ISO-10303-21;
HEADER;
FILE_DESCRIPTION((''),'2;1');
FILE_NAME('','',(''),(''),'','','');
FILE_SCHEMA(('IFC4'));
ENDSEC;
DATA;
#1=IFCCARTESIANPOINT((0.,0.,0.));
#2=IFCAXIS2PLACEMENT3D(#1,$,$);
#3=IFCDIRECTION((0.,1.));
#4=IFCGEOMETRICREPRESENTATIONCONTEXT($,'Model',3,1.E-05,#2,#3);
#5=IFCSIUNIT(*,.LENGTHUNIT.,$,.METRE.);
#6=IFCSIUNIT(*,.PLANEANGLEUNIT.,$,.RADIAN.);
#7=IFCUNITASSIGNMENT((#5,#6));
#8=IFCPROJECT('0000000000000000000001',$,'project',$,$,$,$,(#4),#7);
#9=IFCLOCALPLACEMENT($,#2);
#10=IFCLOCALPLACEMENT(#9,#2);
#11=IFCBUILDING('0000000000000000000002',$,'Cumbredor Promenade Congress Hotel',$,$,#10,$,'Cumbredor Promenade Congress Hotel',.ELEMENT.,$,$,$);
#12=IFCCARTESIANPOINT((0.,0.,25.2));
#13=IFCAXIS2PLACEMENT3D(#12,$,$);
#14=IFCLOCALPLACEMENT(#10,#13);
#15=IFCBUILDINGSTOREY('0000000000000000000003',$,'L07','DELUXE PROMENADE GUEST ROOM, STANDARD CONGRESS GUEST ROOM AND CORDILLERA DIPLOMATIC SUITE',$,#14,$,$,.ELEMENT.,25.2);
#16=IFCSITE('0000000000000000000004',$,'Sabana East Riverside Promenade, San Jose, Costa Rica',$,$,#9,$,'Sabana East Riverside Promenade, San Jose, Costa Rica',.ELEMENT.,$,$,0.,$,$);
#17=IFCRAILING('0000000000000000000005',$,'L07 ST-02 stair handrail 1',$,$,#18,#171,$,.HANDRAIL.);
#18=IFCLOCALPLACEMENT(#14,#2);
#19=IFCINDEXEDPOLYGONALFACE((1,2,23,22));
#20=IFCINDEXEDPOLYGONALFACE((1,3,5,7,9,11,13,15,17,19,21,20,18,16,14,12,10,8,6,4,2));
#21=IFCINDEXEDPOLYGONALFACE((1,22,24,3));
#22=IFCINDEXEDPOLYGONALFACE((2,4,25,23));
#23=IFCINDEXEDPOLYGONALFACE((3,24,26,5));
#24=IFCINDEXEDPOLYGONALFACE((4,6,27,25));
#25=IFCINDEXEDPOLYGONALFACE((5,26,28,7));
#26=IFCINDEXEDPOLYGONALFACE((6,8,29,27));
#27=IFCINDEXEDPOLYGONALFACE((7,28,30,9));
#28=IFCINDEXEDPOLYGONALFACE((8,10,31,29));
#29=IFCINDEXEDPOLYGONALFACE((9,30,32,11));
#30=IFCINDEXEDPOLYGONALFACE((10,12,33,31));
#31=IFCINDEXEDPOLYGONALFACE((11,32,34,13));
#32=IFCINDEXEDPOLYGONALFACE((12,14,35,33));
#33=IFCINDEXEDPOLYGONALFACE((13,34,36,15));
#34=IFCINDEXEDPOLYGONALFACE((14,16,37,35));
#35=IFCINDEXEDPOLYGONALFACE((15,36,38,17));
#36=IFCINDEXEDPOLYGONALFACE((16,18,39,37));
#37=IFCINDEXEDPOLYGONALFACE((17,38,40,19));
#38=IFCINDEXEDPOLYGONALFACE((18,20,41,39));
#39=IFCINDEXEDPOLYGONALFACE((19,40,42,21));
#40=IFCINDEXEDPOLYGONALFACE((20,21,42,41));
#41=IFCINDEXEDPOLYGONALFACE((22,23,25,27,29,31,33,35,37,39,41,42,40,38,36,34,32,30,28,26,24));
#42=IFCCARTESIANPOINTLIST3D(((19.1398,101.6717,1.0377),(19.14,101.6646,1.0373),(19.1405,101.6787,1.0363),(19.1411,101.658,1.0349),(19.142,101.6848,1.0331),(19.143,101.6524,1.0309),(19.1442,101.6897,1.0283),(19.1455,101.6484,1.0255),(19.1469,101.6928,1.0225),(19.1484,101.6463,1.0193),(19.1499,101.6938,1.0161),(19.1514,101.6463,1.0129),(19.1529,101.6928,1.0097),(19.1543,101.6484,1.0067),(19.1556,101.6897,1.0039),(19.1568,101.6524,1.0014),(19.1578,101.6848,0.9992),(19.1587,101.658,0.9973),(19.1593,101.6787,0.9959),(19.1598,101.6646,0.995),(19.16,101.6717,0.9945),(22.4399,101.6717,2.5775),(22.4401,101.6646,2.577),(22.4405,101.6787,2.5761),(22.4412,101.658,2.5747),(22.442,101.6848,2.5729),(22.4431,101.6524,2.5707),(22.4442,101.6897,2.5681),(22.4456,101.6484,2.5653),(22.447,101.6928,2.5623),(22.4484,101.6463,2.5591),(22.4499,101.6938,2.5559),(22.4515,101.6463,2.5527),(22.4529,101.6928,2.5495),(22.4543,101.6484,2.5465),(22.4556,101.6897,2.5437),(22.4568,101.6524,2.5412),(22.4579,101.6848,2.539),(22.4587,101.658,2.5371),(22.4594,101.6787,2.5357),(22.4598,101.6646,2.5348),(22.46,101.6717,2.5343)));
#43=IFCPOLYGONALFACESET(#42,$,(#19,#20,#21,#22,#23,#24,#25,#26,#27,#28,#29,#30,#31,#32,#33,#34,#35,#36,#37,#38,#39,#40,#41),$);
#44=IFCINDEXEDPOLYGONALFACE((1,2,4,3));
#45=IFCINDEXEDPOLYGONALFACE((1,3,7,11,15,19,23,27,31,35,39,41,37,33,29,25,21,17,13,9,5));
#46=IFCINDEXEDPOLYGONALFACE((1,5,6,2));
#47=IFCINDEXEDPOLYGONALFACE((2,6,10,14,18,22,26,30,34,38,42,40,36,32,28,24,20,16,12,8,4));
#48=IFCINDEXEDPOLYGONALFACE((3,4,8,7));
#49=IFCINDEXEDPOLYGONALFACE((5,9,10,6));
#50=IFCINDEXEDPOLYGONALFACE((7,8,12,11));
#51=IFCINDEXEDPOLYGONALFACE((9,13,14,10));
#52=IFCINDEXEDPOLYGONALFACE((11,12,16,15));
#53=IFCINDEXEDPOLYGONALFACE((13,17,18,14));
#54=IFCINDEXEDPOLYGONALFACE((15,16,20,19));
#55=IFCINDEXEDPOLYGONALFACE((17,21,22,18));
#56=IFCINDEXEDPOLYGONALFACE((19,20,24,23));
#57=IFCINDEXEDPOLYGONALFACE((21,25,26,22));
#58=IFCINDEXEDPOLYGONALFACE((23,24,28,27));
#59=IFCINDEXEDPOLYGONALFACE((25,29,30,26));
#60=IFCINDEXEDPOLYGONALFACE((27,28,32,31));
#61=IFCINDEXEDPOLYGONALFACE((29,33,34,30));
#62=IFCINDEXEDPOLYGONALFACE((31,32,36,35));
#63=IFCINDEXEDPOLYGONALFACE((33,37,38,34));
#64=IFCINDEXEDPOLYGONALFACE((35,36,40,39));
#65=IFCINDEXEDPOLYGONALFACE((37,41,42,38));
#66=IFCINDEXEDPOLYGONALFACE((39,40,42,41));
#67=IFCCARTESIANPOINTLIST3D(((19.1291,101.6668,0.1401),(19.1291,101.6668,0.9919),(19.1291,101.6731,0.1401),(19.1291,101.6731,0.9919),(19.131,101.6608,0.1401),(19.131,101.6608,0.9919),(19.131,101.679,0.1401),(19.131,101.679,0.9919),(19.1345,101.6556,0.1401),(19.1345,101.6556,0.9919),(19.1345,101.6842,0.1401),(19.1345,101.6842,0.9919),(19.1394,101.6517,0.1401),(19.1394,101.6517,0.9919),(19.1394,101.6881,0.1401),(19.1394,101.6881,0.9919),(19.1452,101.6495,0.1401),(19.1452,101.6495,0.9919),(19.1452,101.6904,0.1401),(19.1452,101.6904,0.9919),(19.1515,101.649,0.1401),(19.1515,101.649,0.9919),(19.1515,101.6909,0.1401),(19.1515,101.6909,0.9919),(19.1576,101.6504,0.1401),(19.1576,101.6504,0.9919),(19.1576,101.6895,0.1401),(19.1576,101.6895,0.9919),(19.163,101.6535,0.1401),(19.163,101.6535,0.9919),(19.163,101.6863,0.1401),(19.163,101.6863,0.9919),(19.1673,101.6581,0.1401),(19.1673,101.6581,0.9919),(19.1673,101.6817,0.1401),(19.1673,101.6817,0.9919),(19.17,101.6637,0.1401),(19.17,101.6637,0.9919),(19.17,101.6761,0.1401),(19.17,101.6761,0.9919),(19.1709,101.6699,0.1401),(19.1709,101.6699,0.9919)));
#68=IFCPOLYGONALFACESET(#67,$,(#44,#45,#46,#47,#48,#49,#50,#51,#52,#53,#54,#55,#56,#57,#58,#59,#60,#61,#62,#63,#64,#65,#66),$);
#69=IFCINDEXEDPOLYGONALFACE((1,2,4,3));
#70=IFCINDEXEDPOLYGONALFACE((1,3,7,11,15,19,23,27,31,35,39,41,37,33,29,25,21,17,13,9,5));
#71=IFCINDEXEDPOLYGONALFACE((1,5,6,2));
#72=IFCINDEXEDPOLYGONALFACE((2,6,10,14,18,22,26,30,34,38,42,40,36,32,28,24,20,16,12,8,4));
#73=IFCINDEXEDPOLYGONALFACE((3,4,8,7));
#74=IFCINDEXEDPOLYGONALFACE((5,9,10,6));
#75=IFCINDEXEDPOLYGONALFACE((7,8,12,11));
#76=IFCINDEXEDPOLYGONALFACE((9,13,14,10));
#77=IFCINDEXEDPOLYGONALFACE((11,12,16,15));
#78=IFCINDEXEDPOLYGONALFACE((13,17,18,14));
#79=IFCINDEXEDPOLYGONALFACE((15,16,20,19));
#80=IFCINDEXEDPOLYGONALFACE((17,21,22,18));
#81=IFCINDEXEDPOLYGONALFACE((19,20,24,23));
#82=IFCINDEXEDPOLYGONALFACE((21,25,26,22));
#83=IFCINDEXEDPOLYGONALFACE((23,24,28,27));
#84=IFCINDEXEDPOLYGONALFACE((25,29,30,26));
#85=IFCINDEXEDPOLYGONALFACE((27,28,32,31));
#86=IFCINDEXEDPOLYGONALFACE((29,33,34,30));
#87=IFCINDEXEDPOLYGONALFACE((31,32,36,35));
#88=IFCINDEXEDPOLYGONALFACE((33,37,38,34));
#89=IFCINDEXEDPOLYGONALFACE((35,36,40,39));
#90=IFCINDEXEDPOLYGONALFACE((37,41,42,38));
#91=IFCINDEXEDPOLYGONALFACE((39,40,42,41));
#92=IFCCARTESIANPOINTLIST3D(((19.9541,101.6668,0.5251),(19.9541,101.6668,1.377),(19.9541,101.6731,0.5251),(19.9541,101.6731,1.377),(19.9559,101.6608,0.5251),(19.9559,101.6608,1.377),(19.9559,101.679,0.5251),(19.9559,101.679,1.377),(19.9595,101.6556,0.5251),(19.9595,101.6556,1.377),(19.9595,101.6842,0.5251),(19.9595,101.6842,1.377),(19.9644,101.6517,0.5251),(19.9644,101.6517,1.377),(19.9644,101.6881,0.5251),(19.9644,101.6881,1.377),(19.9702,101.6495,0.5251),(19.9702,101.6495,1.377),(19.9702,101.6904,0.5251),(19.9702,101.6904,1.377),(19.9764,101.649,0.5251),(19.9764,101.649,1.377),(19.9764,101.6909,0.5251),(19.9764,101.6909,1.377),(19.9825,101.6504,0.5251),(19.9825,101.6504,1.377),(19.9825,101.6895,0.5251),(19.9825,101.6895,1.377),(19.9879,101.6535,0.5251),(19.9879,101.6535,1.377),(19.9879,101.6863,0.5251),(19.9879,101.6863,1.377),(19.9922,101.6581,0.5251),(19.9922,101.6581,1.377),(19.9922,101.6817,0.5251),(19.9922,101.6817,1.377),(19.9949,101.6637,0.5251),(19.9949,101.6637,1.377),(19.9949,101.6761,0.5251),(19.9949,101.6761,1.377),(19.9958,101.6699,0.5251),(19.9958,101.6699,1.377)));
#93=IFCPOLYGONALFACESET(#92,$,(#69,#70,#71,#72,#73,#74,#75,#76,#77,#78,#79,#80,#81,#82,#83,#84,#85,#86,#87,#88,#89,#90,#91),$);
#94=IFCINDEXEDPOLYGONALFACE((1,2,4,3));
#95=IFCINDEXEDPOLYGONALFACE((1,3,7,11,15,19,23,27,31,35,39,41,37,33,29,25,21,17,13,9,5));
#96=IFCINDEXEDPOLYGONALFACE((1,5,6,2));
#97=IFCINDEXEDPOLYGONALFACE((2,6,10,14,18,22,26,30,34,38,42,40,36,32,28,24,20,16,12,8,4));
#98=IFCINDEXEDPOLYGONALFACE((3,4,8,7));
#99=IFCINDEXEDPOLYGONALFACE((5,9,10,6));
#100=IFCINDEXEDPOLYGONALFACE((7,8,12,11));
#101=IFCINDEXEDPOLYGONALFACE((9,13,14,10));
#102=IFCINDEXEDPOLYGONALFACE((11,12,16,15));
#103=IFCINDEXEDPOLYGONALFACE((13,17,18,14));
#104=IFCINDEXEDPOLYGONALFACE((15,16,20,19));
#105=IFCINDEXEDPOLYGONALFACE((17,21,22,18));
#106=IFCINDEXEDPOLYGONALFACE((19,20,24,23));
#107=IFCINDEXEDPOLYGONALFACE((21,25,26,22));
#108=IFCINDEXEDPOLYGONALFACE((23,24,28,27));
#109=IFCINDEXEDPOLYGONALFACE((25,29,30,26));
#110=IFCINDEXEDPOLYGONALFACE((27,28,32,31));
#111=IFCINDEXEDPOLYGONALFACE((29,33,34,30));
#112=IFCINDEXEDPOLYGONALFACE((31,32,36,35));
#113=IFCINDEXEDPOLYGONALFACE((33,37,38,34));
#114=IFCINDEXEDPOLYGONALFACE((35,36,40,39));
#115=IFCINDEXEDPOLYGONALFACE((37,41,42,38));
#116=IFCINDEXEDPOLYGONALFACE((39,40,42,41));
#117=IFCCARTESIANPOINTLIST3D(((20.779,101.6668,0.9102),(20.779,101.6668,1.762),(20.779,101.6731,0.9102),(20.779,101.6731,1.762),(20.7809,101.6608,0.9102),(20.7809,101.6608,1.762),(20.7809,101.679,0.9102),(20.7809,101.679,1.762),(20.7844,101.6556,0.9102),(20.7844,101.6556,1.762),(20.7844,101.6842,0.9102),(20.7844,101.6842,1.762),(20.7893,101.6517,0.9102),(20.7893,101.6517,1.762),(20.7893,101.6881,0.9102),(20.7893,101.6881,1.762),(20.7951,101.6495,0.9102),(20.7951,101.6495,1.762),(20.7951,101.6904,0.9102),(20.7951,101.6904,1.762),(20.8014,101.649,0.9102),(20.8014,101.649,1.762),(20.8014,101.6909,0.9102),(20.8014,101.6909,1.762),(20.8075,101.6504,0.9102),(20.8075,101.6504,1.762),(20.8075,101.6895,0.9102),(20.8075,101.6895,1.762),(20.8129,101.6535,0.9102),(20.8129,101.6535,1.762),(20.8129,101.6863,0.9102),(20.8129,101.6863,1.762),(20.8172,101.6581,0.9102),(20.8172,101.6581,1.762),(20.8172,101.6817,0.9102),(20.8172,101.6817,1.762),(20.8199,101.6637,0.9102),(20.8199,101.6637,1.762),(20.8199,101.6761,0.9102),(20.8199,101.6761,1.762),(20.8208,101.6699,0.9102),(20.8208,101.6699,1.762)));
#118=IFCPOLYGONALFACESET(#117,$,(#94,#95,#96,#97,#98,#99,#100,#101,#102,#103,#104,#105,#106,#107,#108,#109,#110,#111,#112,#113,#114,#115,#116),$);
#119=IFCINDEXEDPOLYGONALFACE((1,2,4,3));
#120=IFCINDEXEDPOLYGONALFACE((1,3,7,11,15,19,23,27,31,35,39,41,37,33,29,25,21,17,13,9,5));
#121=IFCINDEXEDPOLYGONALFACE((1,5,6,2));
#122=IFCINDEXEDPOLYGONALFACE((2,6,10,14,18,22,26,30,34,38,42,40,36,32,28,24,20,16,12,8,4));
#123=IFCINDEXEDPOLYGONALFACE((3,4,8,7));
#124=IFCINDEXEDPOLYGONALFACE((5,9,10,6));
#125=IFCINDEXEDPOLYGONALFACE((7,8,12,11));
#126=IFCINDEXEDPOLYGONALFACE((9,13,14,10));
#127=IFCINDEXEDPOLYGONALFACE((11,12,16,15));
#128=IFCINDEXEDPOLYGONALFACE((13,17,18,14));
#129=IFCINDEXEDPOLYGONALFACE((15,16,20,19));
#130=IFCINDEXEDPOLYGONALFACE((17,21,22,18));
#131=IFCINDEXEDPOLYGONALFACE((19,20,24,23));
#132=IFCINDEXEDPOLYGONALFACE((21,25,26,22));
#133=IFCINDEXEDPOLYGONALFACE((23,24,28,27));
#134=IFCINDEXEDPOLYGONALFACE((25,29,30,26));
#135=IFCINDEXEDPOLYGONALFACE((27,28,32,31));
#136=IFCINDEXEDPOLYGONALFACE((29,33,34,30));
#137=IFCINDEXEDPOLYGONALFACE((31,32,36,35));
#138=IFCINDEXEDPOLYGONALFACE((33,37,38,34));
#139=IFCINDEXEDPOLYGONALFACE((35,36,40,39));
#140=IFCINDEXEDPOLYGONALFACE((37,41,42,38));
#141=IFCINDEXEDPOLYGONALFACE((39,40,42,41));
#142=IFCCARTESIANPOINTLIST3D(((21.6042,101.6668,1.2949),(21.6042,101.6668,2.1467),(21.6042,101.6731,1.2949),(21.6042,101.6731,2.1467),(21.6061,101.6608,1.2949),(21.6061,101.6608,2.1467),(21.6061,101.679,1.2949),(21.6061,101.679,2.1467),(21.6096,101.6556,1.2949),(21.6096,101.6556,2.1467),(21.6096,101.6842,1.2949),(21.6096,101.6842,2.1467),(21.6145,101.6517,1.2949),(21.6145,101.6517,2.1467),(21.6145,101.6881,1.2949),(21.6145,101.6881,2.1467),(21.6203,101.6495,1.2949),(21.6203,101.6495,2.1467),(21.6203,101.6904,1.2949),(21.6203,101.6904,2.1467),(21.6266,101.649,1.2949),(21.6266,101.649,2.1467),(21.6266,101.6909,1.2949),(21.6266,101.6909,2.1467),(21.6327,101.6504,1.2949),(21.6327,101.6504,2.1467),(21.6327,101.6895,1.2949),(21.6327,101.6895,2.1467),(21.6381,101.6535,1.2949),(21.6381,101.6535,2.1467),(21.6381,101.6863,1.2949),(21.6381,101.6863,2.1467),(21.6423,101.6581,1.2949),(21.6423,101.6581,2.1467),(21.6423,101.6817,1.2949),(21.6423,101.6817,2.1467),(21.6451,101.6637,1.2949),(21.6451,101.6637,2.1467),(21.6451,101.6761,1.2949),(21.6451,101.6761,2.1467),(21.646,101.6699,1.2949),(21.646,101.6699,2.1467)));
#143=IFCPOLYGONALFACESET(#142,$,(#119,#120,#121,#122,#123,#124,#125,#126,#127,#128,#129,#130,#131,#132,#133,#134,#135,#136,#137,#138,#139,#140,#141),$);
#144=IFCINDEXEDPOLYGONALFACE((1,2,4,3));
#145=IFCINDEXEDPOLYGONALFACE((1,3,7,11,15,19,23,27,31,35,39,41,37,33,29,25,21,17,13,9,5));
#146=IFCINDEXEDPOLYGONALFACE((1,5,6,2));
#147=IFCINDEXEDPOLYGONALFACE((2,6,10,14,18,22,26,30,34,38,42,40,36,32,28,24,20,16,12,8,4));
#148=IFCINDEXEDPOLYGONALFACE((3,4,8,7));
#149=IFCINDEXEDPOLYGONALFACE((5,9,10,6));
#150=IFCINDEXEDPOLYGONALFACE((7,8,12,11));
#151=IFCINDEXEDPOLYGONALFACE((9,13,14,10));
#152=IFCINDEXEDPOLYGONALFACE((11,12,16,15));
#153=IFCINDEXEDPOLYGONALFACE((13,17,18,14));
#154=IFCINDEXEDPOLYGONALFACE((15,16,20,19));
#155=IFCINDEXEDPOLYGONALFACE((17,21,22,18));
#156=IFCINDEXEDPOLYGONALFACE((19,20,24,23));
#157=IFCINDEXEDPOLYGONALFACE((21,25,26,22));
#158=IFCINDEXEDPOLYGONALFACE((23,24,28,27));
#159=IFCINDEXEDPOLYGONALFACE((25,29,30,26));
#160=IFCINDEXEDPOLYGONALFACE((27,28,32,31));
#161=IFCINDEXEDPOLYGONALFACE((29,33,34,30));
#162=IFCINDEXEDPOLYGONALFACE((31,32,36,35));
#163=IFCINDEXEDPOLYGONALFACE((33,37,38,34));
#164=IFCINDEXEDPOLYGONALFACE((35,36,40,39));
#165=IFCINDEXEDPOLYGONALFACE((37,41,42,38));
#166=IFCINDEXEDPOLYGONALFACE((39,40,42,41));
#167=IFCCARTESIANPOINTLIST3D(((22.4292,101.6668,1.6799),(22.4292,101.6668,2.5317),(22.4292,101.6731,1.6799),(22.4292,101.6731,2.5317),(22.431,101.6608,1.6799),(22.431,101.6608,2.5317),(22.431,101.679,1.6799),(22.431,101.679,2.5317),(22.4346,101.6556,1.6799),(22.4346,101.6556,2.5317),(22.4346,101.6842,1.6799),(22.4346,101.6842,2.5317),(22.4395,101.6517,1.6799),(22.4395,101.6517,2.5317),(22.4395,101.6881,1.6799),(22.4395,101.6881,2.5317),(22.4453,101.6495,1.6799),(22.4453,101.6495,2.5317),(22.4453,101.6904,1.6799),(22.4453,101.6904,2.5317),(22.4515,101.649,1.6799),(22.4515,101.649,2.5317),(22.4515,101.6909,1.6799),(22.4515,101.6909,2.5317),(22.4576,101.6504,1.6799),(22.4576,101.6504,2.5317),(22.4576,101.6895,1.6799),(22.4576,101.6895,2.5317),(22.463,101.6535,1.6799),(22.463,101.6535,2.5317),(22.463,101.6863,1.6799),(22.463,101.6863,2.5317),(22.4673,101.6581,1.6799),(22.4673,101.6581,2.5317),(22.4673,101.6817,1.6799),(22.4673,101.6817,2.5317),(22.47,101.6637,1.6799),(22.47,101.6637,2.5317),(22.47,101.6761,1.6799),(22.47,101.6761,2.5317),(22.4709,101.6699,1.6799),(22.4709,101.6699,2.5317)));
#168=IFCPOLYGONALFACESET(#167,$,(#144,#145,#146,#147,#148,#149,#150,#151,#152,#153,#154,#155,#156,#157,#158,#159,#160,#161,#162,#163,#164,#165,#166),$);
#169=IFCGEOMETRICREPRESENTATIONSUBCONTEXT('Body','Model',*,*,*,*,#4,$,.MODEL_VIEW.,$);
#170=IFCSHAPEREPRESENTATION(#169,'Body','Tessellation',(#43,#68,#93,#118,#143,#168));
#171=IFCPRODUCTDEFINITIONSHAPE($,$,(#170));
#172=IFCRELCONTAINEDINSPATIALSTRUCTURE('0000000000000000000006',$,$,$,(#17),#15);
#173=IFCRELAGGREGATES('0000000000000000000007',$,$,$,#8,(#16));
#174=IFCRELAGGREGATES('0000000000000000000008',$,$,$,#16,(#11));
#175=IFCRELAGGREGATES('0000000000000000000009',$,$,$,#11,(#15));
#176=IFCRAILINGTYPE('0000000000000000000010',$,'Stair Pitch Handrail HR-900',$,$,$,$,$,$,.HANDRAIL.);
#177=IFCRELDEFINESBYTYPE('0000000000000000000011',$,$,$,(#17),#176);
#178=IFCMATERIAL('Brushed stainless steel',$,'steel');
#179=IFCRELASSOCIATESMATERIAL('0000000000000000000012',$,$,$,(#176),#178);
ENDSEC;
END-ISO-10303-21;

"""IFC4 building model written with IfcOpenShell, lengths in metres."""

from ifc_helpers import new_model, si_unit, direction, frame, origin, origin_2d, place, context, subcontext, project, spatial, circle, extrude, material, type_object, element, save


model = new_model("IFC4")

# Units and contexts
model_context = context("Model", 3, precision=1e-05, world=origin(), true_north=direction((0.0, 1.0)))
body_context = subcontext(model_context, "Body", "Model", "MODEL_VIEW")
ifc_project = project(units=[si_unit("LENGTHUNIT", "METRE"), si_unit("PLANEANGLEUNIT", "RADIAN")], contexts=[model_context])

# Site, building, storey
site_placement = place(None, origin())
site = spatial("IfcSite", under=ifc_project, at=site_placement, Name="Sabana East Riverside Promenade, San Jose, Costa Rica", LongName="Sabana East Riverside Promenade, San Jose, Costa Rica", CompositionType="ELEMENT", RefElevation=0.0)
building_placement = place(site_placement, origin())
building = spatial("IfcBuilding", under=site, at=building_placement, Name="Cumbredor Promenade Congress Hotel", LongName="Cumbredor Promenade Congress Hotel", CompositionType="ELEMENT")
storey_placement = place(building_placement, frame((0.0, 0.0, 25.2)))
storey = spatial("IfcBuildingStorey", under=building, at=storey_placement, Name="L07", Description="DELUXE PROMENADE GUEST ROOM, STANDARD CONGRESS GUEST ROOM AND CORDILLERA DIPLOMATIC SUITE", CompositionType="ELEMENT", Elevation=25.2)

# Railing
ifc_material_1 = material(Name="Brushed stainless steel", Category="steel")
railing_type_1 = type_object("IfcRailingType", Name="Stair Pitch Handrail HR-900", PredefinedType="HANDRAIL", material=ifc_material_1)
railing_1_placement = place(storey_placement, frame((19.1499, 101.6699, 0.1401)))
element("IfcRailing", 1, at=railing_1_placement, inside=storey, type_object=railing_type_1, Name="L07 ST-02 stair handrail 1", PredefinedType="HANDRAIL", context=body_context, shape_type="SweptSolid", body=[
    extrude(circle(Radius=0.0239, at=origin_2d()), frame((0.0, 0.0, 0.876), z_axis=(0.906207, 0.0, 0.422834), x_axis=(0.0, 1.0, 0.0)), (0.0, 0.0, 1.0), 3.6416),
    extrude(circle(Radius=0.021, at=origin_2d()), origin(), (0.0, 0.0, 1.0), 0.8518),
    extrude(circle(Radius=0.021, at=origin_2d()), frame((0.825, 0.0, 0.385)), (0.0, 0.0, 1.0), 0.8518),
    extrude(circle(Radius=0.021, at=origin_2d()), frame((1.6499, 0.0, 0.77)), (0.0, 0.0, 1.0), 0.8518),
    extrude(circle(Radius=0.021, at=origin_2d()), frame((2.4751, 0.0, 1.1548)), (0.0, 0.0, 1.0), 0.8518),
    extrude(circle(Radius=0.021, at=origin_2d()), frame((3.3, 0.0, 1.5398)), (0.0, 0.0, 1.0), 0.8518),
])

save(model, "model.ifc")
